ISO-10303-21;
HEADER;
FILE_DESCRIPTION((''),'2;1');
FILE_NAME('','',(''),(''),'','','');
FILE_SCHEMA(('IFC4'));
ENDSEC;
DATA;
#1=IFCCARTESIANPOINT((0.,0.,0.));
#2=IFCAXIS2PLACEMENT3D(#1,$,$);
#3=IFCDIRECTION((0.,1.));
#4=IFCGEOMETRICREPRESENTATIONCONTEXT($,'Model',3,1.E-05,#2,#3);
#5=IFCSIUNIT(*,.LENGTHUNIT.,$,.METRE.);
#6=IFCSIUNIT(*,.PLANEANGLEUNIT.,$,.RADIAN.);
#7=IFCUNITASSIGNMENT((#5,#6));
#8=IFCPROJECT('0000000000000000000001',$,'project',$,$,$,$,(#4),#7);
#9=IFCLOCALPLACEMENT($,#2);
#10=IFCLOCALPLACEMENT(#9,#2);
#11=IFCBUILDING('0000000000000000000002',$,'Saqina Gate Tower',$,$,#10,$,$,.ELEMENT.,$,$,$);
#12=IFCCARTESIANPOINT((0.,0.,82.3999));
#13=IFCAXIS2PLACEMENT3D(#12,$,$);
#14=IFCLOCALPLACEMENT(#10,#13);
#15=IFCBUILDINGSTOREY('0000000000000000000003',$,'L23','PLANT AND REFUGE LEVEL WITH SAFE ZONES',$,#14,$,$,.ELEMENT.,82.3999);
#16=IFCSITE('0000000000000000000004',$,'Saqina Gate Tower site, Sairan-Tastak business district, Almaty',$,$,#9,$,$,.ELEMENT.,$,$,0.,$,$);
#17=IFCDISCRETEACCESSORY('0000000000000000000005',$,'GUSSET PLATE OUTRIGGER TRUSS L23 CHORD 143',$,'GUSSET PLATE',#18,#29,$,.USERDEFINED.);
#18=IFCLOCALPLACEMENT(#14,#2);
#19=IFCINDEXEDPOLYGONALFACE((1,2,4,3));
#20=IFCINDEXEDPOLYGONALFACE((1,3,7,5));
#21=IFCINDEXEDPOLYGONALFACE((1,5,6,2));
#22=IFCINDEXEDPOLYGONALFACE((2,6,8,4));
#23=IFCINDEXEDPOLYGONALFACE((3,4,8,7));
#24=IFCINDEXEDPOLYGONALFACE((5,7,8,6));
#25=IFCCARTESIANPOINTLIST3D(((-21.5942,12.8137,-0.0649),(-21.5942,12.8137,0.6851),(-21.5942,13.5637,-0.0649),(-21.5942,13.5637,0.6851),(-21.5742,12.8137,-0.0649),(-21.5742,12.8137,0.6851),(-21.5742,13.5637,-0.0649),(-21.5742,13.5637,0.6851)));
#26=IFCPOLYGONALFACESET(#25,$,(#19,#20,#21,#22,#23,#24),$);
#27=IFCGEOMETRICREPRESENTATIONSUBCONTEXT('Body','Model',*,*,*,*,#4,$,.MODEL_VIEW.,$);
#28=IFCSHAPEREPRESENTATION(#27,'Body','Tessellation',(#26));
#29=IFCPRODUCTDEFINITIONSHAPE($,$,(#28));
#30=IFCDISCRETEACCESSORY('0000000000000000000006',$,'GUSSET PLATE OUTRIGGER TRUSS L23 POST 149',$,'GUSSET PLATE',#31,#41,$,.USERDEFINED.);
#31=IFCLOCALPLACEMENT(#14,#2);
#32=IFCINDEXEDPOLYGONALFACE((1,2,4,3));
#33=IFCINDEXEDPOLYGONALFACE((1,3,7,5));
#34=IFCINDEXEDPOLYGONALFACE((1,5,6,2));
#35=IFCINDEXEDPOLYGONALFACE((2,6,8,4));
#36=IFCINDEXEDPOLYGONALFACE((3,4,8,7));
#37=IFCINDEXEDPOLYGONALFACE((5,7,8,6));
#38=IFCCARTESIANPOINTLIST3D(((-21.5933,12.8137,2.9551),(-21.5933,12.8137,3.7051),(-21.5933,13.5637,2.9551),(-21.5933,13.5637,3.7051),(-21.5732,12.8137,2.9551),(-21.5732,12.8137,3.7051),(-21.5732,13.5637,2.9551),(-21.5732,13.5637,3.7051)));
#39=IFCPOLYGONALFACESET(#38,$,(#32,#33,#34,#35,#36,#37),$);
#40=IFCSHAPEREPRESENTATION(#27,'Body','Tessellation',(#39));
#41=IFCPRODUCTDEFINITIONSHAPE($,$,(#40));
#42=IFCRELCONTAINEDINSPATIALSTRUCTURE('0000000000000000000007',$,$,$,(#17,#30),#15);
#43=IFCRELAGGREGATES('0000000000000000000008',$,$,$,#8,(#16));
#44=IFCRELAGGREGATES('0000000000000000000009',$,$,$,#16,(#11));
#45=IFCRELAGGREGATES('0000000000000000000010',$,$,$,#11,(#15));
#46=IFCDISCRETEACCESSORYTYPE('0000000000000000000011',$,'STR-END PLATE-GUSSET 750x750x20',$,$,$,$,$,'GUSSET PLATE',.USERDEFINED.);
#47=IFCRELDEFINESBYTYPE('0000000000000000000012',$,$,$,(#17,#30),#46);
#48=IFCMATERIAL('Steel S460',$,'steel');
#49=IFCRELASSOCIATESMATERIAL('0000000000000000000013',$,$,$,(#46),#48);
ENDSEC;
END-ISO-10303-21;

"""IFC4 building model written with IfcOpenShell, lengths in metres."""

from ifc_helpers import new_model, si_unit, direction, frame, origin, origin_2d, place, context, subcontext, project, spatial, rectangle, extrude, material, material_profile, profile_set, type_object, element, save


model = new_model("IFC4")

# Units and contexts
model_context = context("Model", 3, precision=1e-05, world=origin(), true_north=direction((0.0, 1.0)))
body_context = subcontext(model_context, "Body", "Model", "MODEL_VIEW")
ifc_project = project(units=[si_unit("LENGTHUNIT", "METRE"), si_unit("PLANEANGLEUNIT", "RADIAN")], contexts=[model_context])

# Site, building, storey
site_placement = place(None, origin())
site = spatial("IfcSite", under=ifc_project, at=site_placement, Name="Saqina Gate Tower site, Sairan-Tastak business district, Almaty", CompositionType="ELEMENT", RefElevation=0.0)
building_placement = place(site_placement, origin())
building = spatial("IfcBuilding", under=site, at=building_placement, Name="Saqina Gate Tower", CompositionType="ELEMENT")
storey_placement = place(building_placement, frame((0.0, 0.0, 82.3999)))
storey = spatial("IfcBuildingStorey", under=building, at=storey_placement, Name="L23", Description="PLANT AND REFUGE LEVEL WITH SAFE ZONES", CompositionType="ELEMENT", Elevation=82.3999)

# Discrete accessories
ifc_material_1 = material(Name="Steel S460", Category="steel")
ifc_material_profile_1 = material_profile(ifc_material_1, rectangle(XDim=0.75, YDim=0.75, at=origin_2d()), Name="STR-END PLATE-GUSSET 750x750x20")
ifc_profile_set_1 = profile_set([ifc_material_profile_1], Name="Steel S460")
discrete_accessory_type_1 = type_object("IfcDiscreteAccessoryType", Name="STR-END PLATE-GUSSET 750x750x20", ElementType="GUSSET PLATE", PredefinedType="USERDEFINED", material=ifc_profile_set_1)
for number, where, z_axis, x_axis, name in (
    (1, (-21.5742, 13.1887, 0.3101), (-1.0, 0.0, 0.0), (0.0, -1.0, 0.0), "GUSSET PLATE OUTRIGGER TRUSS L23 CHORD 143"),
    (2, (-21.5732, 13.1887, 3.3301), (-1.0, 0.0, 0.0), (0.0, -1.0, 0.0), "GUSSET PLATE OUTRIGGER TRUSS L23 POST 149"),
):
    element("IfcDiscreteAccessory", number, at=place(storey_placement, frame(where, z_axis=z_axis, x_axis=x_axis)), inside=storey, type_object=discrete_accessory_type_1, Name=name, ObjectType="GUSSET PLATE", PredefinedType="USERDEFINED", context=body_context, shape_type="SweptSolid", body=[
        extrude(rectangle(XDim=0.75, YDim=0.75, at=origin_2d()), origin(), (0.0, 0.0, 1.0), 0.02),
    ])

save(model, "model.ifc")
